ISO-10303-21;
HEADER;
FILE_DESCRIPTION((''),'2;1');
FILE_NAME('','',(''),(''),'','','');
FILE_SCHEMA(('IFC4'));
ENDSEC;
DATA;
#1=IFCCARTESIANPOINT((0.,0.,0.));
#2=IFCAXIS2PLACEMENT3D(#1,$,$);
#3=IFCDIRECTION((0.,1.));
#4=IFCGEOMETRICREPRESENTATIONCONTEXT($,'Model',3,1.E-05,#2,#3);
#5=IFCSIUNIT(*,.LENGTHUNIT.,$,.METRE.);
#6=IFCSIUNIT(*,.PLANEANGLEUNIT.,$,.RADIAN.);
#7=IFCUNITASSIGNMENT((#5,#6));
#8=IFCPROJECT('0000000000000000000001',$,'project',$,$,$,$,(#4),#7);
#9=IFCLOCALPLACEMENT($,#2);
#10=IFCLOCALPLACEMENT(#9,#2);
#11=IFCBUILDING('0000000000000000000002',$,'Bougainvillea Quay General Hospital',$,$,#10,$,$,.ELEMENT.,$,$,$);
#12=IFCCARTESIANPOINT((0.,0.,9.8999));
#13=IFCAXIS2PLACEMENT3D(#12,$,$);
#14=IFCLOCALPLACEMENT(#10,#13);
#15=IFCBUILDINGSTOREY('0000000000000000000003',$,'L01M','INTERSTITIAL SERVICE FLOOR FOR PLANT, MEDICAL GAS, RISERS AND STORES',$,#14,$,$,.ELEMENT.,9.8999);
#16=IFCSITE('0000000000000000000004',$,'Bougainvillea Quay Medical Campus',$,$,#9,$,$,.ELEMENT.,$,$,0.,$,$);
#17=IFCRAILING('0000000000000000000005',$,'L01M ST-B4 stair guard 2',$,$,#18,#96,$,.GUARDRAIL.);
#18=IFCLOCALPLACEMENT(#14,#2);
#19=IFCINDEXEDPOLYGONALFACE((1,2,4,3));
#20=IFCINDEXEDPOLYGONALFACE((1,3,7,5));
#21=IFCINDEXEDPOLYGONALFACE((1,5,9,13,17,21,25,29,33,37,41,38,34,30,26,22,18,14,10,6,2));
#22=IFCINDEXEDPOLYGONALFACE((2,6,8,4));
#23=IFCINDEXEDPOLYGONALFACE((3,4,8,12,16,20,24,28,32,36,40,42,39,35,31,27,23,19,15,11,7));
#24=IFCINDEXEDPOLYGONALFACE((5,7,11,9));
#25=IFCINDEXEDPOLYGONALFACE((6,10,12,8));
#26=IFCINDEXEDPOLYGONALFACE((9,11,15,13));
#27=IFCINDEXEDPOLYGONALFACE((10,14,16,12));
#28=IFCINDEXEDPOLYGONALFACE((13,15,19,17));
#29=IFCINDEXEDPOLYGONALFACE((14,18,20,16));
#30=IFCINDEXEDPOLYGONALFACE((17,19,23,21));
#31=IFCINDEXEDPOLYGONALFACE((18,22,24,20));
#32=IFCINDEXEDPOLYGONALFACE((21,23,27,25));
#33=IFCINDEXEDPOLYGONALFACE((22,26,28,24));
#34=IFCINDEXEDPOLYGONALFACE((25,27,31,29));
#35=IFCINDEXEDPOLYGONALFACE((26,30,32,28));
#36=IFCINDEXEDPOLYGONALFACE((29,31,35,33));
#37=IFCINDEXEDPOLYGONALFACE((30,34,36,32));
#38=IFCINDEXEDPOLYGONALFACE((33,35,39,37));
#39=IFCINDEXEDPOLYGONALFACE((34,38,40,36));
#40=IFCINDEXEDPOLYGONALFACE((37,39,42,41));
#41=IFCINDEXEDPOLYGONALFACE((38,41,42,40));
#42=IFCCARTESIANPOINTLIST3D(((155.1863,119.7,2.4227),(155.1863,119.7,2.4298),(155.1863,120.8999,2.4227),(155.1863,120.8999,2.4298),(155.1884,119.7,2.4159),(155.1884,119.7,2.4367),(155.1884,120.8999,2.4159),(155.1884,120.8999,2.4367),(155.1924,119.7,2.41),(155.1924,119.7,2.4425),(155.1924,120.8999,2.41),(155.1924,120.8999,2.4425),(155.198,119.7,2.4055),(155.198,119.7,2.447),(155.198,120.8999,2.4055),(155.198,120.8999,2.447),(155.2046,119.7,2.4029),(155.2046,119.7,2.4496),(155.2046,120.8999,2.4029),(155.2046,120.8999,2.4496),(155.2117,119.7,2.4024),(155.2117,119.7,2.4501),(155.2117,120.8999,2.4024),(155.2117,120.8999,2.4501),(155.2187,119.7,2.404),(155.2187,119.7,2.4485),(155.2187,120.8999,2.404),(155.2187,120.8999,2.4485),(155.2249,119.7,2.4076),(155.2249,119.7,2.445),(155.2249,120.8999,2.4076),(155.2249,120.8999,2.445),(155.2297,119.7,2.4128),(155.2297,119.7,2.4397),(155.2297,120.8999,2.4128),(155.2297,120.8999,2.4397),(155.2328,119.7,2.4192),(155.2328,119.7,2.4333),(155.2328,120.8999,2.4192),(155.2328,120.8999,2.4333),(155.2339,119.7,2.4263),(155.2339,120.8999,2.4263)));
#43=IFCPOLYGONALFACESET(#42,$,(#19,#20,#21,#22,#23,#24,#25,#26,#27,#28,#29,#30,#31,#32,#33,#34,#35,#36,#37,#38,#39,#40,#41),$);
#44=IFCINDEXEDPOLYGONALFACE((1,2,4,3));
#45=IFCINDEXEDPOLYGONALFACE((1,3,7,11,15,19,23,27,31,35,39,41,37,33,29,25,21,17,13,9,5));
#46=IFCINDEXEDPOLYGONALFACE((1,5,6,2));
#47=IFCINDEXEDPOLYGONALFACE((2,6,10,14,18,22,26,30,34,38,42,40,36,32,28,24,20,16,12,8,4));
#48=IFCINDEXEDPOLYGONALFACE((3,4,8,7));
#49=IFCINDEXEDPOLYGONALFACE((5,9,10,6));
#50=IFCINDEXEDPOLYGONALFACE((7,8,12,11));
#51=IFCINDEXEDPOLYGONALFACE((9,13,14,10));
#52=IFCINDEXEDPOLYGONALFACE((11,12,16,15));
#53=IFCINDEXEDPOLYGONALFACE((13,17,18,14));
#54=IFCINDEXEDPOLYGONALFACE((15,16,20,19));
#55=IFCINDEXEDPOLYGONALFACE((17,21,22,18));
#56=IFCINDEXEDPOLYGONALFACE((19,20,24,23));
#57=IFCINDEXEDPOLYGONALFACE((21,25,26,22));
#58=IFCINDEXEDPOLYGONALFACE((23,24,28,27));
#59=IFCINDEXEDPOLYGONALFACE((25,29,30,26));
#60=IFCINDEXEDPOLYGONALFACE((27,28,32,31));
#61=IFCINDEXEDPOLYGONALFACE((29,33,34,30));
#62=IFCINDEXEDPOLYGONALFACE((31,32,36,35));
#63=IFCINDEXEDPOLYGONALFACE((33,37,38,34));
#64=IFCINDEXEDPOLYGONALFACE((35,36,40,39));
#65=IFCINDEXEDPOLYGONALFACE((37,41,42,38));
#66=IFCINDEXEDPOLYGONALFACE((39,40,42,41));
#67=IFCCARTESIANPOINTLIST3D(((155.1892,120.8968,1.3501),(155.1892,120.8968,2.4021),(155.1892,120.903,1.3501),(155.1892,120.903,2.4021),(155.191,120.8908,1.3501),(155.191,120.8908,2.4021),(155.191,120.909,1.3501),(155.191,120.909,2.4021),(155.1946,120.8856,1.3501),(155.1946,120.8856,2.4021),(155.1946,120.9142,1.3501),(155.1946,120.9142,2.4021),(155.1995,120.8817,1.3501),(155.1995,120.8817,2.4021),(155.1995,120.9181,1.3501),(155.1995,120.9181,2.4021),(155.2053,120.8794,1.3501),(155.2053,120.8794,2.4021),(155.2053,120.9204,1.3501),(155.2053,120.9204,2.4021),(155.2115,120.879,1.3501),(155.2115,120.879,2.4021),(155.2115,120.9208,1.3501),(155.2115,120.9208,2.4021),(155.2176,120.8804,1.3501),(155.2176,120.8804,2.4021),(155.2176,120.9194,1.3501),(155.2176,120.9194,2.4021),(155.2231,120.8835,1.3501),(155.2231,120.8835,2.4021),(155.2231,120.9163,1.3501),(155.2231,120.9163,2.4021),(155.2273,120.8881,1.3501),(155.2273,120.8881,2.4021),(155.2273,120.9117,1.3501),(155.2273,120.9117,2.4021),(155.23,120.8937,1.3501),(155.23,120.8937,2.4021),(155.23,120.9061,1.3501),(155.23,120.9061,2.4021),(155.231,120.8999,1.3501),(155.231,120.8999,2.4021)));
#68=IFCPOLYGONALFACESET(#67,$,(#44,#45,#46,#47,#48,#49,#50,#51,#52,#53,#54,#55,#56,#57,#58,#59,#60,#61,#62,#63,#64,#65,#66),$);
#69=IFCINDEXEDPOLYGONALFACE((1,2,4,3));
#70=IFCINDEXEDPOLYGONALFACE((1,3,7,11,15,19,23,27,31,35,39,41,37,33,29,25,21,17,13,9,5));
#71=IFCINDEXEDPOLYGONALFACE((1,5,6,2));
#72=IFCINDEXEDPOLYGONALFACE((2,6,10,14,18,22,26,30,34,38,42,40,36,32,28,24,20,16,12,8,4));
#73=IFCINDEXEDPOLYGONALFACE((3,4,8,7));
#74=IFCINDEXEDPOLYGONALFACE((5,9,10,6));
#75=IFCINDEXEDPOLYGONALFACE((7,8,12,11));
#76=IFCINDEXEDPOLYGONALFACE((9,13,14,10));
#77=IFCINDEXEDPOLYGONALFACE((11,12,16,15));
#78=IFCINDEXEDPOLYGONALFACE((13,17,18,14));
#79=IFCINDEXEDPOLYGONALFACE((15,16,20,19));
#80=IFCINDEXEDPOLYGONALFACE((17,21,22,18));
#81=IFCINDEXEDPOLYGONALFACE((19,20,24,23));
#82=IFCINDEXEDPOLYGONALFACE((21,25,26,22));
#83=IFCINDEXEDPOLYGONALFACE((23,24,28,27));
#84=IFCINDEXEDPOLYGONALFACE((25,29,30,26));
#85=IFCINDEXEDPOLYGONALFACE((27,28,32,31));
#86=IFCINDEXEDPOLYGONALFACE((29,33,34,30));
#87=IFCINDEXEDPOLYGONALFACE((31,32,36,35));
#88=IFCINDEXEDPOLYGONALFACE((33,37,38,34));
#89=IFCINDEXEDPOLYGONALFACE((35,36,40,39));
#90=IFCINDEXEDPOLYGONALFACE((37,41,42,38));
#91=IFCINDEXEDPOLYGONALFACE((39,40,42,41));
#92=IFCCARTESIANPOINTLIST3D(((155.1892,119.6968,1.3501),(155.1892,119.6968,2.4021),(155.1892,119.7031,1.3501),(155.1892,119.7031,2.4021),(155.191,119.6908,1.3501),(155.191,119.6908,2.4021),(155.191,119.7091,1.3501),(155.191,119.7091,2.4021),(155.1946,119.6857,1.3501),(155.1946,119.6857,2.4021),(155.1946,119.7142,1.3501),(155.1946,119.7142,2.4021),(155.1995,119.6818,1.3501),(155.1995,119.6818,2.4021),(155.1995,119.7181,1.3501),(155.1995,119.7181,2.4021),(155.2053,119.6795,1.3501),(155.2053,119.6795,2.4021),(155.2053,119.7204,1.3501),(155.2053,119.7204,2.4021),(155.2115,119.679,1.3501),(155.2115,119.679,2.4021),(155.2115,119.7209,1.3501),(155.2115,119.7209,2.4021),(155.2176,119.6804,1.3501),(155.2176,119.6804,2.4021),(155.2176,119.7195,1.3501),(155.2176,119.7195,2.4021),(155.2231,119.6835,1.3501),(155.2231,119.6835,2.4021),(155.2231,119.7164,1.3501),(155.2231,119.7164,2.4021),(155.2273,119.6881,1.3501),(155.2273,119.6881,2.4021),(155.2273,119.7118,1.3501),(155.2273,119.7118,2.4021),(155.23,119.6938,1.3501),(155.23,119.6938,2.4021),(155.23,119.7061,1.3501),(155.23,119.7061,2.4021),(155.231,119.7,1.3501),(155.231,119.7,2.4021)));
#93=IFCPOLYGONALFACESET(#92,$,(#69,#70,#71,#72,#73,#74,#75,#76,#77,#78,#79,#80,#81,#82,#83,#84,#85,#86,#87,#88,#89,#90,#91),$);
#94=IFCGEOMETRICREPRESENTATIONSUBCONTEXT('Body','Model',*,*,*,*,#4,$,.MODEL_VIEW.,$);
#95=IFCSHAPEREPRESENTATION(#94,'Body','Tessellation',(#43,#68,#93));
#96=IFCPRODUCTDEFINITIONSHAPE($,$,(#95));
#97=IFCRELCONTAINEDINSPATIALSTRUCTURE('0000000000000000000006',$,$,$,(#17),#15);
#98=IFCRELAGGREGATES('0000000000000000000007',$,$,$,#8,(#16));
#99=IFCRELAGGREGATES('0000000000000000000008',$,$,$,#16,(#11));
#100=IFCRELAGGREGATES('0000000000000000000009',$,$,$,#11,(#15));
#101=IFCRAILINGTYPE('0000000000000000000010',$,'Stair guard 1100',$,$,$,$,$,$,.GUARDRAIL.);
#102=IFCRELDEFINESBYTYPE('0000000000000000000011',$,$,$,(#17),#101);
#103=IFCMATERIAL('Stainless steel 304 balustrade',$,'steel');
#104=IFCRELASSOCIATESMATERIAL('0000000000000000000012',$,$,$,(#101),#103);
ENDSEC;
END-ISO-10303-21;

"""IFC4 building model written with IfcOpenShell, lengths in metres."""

from ifc_helpers import new_model, si_unit, direction, frame, origin, origin_2d, place, context, subcontext, project, spatial, circle, extrude, material, type_object, element, save


model = new_model("IFC4")

# Units and contexts
model_context = context("Model", 3, precision=1e-05, world=origin(), true_north=direction((0.0, 1.0)))
body_context = subcontext(model_context, "Body", "Model", "MODEL_VIEW")
ifc_project = project(units=[si_unit("LENGTHUNIT", "METRE"), si_unit("PLANEANGLEUNIT", "RADIAN")], contexts=[model_context])

# Site, building, storey
site_placement = place(None, origin())
site = spatial("IfcSite", under=ifc_project, at=site_placement, Name="Bougainvillea Quay Medical Campus", CompositionType="ELEMENT", RefElevation=0.0)
building_placement = place(site_placement, origin())
building = spatial("IfcBuilding", under=site, at=building_placement, Name="Bougainvillea Quay General Hospital", CompositionType="ELEMENT")
storey_placement = place(building_placement, frame((0.0, 0.0, 9.8999)))
storey = spatial("IfcBuildingStorey", under=building, at=storey_placement, Name="L01M", Description="INTERSTITIAL SERVICE FLOOR FOR PLANT, MEDICAL GAS, RISERS AND STORES", CompositionType="ELEMENT", Elevation=9.8999)

# Railing
ifc_material_1 = material(Name="Stainless steel 304 balustrade", Category="steel")
railing_type_1 = type_object("IfcRailingType", Name="Stair guard 1100", PredefinedType="GUARDRAIL", material=ifc_material_1)
railing_1_placement = place(storey_placement, frame((155.21, 120.8999, 1.3501)))
element("IfcRailing", 1, at=railing_1_placement, inside=storey, type_object=railing_type_1, Name="L01M ST-B4 stair guard 2", PredefinedType="GUARDRAIL", context=body_context, shape_type="SweptSolid", body=[
    extrude(circle(Radius=0.0239, at=origin_2d()), frame((0.0, 0.0, 1.0762), z_axis=(0.0, -1.0, 0.0), x_axis=(1.0, 0.0, 0.0)), (0.0, 0.0, 1.0), 1.2),
    extrude(circle(Radius=0.021, at=origin_2d()), origin(), (0.0, 0.0, 1.0), 1.052),
    extrude(circle(Radius=0.021, at=origin_2d()), frame((0.0, -1.2, 0.0)), (0.0, 0.0, 1.0), 1.052),
])

save(model, "model.ifc")
